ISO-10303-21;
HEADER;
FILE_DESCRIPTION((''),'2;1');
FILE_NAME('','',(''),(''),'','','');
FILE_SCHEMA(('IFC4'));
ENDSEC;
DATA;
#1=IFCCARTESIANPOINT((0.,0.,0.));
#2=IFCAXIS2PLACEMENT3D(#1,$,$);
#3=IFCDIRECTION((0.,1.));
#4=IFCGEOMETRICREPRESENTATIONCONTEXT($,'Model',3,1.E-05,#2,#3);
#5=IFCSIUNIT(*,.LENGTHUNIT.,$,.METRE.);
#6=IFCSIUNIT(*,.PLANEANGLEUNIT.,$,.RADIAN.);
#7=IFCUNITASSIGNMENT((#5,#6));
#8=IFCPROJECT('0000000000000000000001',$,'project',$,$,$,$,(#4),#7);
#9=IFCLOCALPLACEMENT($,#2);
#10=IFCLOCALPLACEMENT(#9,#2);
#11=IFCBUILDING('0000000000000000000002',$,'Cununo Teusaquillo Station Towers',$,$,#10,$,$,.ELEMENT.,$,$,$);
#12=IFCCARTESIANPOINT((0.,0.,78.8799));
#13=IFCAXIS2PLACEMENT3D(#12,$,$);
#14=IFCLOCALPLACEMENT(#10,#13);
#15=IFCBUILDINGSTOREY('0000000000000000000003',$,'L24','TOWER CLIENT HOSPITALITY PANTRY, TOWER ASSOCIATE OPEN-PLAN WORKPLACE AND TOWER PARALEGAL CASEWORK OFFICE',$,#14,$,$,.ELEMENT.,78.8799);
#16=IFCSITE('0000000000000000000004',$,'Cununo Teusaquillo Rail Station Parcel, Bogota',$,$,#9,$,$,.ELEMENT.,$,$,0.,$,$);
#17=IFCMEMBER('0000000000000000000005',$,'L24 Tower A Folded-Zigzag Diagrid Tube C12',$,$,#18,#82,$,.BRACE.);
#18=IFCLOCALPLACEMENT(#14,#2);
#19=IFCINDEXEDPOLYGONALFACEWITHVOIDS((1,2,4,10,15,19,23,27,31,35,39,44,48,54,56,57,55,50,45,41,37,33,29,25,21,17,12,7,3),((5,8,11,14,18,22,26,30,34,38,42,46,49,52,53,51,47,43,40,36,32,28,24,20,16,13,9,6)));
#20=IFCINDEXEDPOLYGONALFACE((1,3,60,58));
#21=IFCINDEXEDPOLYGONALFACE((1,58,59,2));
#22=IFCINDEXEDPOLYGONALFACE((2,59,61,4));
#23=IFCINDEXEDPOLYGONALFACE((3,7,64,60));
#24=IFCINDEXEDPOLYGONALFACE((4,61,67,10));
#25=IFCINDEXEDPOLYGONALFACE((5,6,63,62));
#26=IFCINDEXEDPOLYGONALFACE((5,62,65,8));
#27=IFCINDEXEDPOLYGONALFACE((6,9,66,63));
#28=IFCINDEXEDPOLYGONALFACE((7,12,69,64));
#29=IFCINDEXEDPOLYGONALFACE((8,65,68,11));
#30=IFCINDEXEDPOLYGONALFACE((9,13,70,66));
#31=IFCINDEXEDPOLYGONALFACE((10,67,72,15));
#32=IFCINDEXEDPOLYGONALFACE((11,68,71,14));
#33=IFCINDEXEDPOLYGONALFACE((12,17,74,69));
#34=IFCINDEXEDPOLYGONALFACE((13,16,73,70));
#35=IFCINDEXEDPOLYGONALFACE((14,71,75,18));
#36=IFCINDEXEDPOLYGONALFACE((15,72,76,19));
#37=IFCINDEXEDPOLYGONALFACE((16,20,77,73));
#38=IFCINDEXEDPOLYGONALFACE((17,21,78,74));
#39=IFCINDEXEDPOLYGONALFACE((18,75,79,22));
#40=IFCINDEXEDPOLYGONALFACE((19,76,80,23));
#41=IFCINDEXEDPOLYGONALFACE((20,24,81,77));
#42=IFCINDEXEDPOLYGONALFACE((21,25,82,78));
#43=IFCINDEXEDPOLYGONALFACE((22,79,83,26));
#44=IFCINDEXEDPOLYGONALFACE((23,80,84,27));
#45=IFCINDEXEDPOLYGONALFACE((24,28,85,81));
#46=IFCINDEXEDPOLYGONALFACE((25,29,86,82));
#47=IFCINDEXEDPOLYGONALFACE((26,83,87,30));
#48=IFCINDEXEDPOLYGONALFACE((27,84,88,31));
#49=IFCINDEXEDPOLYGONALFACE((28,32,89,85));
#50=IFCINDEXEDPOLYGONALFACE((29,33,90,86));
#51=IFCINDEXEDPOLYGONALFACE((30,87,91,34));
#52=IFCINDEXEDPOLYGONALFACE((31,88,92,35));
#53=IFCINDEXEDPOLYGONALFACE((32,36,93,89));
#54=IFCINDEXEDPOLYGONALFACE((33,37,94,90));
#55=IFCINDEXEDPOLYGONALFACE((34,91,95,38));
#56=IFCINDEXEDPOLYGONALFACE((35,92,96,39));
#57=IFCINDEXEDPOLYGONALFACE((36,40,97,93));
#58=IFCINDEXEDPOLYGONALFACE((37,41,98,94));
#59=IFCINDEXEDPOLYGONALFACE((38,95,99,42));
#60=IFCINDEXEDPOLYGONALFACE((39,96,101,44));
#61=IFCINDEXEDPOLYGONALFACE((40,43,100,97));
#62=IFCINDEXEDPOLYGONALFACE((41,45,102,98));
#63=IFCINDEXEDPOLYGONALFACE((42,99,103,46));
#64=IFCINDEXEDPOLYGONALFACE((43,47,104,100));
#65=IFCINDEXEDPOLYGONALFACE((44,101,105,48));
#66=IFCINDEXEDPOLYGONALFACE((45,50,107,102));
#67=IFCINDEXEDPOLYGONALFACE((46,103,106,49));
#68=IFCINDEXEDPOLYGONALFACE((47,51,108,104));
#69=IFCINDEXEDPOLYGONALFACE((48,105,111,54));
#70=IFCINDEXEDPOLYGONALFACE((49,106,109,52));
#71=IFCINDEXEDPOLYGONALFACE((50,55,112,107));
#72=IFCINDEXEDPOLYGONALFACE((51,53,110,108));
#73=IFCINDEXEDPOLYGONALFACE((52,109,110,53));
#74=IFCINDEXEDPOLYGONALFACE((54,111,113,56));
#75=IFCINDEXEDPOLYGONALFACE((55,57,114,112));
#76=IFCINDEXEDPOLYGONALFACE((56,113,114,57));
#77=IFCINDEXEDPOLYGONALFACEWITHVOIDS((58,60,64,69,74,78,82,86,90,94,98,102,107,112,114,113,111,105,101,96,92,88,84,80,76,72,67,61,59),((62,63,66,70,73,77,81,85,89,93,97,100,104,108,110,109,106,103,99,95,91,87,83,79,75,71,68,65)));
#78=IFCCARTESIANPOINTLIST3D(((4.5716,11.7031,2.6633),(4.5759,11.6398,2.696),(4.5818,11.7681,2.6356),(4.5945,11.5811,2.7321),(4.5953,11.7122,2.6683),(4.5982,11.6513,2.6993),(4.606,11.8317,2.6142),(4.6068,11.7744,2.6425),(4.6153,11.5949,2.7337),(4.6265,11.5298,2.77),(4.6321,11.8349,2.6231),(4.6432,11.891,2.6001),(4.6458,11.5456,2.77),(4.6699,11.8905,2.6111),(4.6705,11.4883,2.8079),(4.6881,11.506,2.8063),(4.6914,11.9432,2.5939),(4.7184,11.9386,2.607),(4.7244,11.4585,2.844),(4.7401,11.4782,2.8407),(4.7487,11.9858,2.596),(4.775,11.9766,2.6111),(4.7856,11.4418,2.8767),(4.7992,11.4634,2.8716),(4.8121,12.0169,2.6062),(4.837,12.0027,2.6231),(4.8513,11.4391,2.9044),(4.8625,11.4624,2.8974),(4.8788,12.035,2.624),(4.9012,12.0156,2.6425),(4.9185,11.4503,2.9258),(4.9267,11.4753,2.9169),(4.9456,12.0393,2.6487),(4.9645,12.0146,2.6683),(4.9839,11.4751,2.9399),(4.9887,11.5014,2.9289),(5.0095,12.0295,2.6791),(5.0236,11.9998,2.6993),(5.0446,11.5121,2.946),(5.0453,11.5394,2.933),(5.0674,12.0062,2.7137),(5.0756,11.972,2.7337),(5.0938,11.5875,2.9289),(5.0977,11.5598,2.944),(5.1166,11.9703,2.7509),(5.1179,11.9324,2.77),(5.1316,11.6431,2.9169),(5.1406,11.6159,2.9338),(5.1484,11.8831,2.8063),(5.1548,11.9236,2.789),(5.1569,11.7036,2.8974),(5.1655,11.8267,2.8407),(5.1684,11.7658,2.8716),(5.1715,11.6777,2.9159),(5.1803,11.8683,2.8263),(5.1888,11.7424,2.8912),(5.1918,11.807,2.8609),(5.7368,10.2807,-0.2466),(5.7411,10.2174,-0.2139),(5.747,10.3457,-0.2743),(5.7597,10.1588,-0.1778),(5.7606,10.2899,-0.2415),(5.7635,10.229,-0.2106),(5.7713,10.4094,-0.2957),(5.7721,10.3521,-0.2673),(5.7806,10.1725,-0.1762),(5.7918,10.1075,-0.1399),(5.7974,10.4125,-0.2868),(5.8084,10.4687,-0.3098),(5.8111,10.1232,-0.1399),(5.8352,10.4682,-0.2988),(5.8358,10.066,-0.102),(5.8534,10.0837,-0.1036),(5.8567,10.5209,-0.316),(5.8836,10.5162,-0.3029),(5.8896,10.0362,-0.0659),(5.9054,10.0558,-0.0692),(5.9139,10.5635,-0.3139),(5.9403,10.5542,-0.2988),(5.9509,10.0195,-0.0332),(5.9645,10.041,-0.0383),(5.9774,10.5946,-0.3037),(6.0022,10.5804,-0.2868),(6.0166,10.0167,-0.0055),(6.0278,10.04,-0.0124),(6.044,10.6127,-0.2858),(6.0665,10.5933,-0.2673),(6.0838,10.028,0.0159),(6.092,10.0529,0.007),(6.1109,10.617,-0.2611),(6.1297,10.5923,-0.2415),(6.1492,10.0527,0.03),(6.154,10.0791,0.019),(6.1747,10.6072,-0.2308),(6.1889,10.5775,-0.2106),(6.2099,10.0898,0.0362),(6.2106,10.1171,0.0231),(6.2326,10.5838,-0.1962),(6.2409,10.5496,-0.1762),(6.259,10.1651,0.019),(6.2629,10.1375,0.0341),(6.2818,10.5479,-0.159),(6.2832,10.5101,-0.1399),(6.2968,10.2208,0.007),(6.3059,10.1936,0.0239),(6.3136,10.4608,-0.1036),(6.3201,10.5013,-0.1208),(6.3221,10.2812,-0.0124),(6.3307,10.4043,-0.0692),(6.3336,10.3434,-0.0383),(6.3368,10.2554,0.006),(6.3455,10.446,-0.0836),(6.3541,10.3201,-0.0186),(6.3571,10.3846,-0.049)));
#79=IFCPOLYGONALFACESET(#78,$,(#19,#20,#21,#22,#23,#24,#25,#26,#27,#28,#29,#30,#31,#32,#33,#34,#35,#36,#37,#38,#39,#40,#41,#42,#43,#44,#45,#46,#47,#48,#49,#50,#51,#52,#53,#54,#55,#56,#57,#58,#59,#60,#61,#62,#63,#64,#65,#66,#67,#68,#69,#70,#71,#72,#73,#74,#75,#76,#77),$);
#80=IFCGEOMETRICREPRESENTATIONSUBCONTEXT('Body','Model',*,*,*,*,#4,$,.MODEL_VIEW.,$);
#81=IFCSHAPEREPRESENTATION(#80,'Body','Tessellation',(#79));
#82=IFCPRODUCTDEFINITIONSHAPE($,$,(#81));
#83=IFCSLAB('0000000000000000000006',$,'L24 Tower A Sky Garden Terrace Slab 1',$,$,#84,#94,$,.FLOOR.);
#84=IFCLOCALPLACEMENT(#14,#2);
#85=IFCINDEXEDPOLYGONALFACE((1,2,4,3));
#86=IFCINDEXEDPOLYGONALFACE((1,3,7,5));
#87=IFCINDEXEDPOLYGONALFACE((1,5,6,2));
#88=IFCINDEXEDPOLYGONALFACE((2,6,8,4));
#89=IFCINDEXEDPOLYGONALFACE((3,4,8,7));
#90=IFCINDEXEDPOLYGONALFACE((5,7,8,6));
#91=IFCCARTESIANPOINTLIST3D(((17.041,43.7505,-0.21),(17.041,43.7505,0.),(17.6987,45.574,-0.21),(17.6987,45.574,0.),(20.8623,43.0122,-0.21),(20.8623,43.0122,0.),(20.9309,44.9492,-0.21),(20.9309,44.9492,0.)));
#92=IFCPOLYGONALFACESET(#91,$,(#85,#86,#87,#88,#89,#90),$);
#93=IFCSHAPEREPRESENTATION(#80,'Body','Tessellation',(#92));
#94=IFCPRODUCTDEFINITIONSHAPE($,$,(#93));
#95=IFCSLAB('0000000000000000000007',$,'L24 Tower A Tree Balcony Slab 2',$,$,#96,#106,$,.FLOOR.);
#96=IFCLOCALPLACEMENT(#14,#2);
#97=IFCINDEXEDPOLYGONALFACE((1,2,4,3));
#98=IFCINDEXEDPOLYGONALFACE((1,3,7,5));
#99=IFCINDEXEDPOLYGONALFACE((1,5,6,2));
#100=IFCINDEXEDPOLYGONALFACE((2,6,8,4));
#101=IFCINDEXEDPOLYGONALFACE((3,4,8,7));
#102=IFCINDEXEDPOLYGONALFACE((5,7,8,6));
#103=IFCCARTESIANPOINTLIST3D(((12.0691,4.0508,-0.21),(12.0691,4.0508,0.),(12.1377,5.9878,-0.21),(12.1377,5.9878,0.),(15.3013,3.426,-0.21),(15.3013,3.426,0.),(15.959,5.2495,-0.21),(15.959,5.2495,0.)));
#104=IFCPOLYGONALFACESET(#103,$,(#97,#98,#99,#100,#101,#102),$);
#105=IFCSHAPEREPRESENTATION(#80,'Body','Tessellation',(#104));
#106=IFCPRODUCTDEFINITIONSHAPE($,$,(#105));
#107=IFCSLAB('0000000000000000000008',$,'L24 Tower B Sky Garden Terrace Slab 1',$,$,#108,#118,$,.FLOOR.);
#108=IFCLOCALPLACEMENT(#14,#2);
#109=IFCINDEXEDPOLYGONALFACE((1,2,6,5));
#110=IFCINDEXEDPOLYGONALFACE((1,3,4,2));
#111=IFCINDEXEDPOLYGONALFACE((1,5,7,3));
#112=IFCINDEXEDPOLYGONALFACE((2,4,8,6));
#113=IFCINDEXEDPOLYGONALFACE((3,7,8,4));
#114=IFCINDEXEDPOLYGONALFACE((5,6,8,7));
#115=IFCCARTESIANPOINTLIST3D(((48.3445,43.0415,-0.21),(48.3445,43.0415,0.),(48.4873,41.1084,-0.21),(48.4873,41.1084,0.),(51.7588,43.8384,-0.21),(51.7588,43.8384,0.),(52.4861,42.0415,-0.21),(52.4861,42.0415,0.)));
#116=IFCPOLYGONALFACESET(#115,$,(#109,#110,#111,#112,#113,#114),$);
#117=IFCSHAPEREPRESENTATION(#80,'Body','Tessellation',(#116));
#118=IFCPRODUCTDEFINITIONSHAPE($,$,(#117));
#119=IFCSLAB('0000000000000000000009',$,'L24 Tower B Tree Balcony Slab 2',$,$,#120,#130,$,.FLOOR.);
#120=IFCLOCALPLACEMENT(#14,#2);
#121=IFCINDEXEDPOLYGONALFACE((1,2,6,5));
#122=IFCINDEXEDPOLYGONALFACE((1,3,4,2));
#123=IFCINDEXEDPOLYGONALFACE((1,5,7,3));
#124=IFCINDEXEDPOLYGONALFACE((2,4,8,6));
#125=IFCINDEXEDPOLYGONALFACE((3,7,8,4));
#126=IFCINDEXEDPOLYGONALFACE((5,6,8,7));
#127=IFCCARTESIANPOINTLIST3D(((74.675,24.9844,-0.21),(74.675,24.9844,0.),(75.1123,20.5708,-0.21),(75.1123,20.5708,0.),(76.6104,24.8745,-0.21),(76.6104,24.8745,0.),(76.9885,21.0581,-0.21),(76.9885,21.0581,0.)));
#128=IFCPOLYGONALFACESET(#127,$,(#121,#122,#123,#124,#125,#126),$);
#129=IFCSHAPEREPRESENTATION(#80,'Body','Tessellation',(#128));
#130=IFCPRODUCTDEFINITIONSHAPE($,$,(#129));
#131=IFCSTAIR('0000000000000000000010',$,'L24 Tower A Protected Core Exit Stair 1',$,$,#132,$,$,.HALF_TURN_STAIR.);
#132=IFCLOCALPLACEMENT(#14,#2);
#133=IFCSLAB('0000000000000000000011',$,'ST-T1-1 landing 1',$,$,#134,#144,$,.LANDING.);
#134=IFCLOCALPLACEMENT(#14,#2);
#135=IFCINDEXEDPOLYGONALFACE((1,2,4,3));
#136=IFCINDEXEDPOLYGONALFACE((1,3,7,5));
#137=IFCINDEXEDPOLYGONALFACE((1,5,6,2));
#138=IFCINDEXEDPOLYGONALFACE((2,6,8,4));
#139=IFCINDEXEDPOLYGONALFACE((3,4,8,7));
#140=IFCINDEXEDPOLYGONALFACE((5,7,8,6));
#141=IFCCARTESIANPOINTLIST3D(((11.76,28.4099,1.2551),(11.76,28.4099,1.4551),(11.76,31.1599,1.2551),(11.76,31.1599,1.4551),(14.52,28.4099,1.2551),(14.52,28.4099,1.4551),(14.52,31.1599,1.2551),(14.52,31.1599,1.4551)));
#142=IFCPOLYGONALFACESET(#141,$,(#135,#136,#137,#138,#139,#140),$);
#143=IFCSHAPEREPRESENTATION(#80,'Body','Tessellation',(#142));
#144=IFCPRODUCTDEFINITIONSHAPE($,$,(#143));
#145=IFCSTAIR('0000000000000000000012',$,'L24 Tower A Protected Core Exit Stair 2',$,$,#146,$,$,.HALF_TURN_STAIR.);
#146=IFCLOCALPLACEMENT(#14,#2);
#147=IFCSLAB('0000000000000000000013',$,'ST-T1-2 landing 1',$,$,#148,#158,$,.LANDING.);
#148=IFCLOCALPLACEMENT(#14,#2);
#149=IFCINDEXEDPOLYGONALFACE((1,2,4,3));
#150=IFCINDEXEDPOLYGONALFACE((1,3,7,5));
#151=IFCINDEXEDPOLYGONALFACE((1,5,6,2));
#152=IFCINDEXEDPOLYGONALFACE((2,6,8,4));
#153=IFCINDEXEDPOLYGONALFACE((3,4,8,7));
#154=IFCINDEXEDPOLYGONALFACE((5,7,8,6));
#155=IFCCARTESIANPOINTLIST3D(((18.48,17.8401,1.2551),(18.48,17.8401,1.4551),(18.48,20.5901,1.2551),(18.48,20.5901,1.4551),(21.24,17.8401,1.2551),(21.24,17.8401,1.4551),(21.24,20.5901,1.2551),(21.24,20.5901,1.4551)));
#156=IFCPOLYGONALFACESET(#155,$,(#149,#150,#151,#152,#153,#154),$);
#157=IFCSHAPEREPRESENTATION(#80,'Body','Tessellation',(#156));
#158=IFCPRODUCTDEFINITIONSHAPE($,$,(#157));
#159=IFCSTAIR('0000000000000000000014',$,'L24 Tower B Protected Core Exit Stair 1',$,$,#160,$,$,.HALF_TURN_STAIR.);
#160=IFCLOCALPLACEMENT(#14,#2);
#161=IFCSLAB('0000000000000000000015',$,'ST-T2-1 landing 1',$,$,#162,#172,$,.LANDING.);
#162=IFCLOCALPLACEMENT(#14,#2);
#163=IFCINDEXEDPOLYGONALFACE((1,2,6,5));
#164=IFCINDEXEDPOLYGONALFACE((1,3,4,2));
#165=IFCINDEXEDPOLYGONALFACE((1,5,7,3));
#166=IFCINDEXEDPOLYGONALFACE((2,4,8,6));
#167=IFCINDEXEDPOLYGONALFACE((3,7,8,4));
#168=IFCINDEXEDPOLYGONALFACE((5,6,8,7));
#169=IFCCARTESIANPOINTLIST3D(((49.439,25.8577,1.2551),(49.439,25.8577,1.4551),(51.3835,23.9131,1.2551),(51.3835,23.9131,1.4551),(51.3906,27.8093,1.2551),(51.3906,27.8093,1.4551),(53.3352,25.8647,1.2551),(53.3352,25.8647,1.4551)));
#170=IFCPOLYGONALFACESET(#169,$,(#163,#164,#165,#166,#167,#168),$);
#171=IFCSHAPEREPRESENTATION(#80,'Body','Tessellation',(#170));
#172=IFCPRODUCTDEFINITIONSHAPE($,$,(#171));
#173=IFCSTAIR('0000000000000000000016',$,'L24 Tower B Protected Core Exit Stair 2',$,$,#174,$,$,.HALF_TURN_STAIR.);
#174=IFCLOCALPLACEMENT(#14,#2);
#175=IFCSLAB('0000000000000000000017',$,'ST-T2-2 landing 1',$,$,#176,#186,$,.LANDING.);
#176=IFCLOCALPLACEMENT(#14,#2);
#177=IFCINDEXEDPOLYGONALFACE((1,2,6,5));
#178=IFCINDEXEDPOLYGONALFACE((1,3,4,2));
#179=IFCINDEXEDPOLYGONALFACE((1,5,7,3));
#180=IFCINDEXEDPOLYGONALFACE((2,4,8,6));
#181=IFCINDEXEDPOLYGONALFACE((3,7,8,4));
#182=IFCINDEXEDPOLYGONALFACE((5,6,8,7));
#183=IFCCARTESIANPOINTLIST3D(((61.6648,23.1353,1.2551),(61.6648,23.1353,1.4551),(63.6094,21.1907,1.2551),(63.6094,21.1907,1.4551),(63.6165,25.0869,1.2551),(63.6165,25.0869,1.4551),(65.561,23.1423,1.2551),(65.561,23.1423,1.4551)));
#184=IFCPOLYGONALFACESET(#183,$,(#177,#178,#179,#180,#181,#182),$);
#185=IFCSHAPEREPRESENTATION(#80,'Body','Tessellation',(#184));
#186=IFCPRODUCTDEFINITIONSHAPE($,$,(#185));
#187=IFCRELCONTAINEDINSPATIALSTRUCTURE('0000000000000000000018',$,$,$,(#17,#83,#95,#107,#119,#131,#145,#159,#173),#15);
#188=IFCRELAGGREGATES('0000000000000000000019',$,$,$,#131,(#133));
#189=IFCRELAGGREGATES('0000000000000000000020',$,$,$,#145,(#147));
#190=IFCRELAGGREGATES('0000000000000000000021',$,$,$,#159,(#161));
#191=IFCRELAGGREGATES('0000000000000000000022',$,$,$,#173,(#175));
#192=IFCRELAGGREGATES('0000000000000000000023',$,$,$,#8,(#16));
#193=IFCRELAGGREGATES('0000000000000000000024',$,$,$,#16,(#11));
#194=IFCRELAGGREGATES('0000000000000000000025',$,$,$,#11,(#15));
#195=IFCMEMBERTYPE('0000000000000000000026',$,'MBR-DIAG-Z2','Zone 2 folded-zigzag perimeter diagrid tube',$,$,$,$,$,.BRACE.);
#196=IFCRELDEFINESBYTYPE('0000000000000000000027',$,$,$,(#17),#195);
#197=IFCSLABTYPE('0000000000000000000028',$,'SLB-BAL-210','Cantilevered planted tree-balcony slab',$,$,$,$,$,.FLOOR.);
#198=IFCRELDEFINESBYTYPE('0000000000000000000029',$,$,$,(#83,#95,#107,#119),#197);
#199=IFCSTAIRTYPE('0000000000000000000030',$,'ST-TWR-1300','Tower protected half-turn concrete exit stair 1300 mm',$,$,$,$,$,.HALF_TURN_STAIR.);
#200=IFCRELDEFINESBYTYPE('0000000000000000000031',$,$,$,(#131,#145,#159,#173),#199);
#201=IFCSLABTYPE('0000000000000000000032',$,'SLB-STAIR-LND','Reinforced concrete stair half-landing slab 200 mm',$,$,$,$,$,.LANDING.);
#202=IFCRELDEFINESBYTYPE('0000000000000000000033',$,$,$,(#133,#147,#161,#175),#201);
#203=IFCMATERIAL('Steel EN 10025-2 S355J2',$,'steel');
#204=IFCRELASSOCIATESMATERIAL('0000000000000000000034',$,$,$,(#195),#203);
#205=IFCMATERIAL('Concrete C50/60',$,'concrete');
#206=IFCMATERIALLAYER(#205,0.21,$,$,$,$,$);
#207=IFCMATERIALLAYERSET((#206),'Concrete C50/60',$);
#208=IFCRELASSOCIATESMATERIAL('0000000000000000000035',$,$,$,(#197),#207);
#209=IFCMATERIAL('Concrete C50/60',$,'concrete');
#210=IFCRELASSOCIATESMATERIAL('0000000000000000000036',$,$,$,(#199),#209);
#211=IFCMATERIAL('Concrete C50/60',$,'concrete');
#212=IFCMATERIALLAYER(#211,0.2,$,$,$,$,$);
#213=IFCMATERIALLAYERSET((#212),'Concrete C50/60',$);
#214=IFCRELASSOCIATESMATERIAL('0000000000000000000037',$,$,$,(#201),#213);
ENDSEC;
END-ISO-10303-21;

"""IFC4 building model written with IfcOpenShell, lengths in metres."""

from ifc_helpers import new_model, si_unit, direction, frame, origin, origin_2d, place, context, subcontext, project, spatial, polyline, hollow_circle, outline, extrude, material, layer, layer_set, material_profile, profile_set, type_object, element, aggregate, save


model = new_model("IFC4")

# Units and contexts
model_context = context("Model", 3, precision=1e-05, world=origin(), true_north=direction((0.0, 1.0)))
body_context = subcontext(model_context, "Body", "Model", "MODEL_VIEW")
ifc_project = project(units=[si_unit("LENGTHUNIT", "METRE"), si_unit("PLANEANGLEUNIT", "RADIAN")], contexts=[model_context])

# Site, building, storey
site_placement = place(None, origin())
site = spatial("IfcSite", under=ifc_project, at=site_placement, Name="Cununo Teusaquillo Rail Station Parcel, Bogota", CompositionType="ELEMENT", RefElevation=0.0)
building_placement = place(site_placement, origin())
building = spatial("IfcBuilding", under=site, at=building_placement, Name="Cununo Teusaquillo Station Towers", CompositionType="ELEMENT")
storey_placement = place(building_placement, frame((0.0, 0.0, 78.8799)))
storey = spatial("IfcBuildingStorey", under=building, at=storey_placement, Name="L24", Description="TOWER CLIENT HOSPITALITY PANTRY, TOWER ASSOCIATE OPEN-PLAN WORKPLACE AND TOWER PARALEGAL CASEWORK OFFICE", CompositionType="ELEMENT", Elevation=78.8799)

# Member
ifc_material_1 = material(Name="Steel EN 10025-2 S355J2", Category="steel")
ifc_material_profile_1 = material_profile(ifc_material_1, hollow_circle(Radius=0.3301, WallThickness=0.0249, at=origin_2d()), Name="CHS 660x25")
ifc_profile_set_1 = profile_set([ifc_material_profile_1], Name="Steel EN 10025-2 S355J2")
member_type = type_object("IfcMemberType", Name="MBR-DIAG-Z2", Description="Zone 2 folded-zigzag perimeter diagrid tube", PredefinedType="BRACE", material=ifc_profile_set_1)
member_placement = place(storey_placement, frame((6.0471, 10.3167, -0.1399), z_axis=(-0.338531, 0.413216, 0.845369), x_axis=(-0.773549, -0.633737, 0.0)))
element("IfcMember", 1, at=member_placement, inside=storey, type_object=member_type, Name="L24 Tower A Folded-Zigzag Diagrid Tube C12", PredefinedType="BRACE", context=body_context, shape_type="SweptSolid", body=[
    extrude(hollow_circle(Radius=0.3301, WallThickness=0.0249, at=origin_2d()), origin(), (0.0, 0.0, 1.0), 3.4421),
])

# Slabs
ifc_material_2 = material(Name="Concrete C50/60", Category="concrete")
ifc_layer_1 = layer(ifc_material_2, 0.21)
ifc_layer_set_1 = layer_set([ifc_layer_1], Name="Concrete C50/60")
slab_type_1 = type_object("IfcSlabType", Name="SLB-BAL-210", Description="Cantilevered planted tree-balcony slab", PredefinedType="FLOOR", material=ifc_layer_set_1)
slab_1_placement = place(storey_placement, frame((0.0, 0.0, -0.21)))
element("IfcSlab", 2, at=slab_1_placement, inside=storey, type_object=slab_type_1, Name="L24 Tower A Sky Garden Terrace Slab 1", PredefinedType="FLOOR", context=body_context, shape_type="SweptSolid", body=[
    extrude(outline(polyline([(20.8623, 43.0122), (17.041, 43.7505), (17.6987, 45.574), (20.9309, 44.9492), (20.8623, 43.0122)])), origin(), (0.0, 0.0, 1.0), 0.21),
])
slab_2_placement = place(storey_placement, frame((0.0, 0.0, -0.21)))
element("IfcSlab", 3, at=slab_2_placement, inside=storey, type_object=slab_type_1, Name="L24 Tower A Tree Balcony Slab 2", PredefinedType="FLOOR", context=body_context, shape_type="SweptSolid", body=[
    extrude(outline(polyline([(12.1377, 5.9878), (15.959, 5.2495), (15.3013, 3.426), (12.0691, 4.0508), (12.1377, 5.9878)])), origin(), (0.0, 0.0, 1.0), 0.21),
])
slab_3_placement = place(storey_placement, frame((0.0, 0.0, -0.21)))
element("IfcSlab", 4, at=slab_3_placement, inside=storey, type_object=slab_type_1, Name="L24 Tower B Sky Garden Terrace Slab 1", PredefinedType="FLOOR", context=body_context, shape_type="SweptSolid", body=[
    extrude(outline(polyline([(52.4861, 42.0415), (48.4873, 41.1084), (48.3445, 43.0415), (51.7588, 43.8384), (52.4861, 42.0415)])), origin(), (0.0, 0.0, 1.0), 0.21),
])
slab_4_placement = place(storey_placement, frame((0.0, 0.0, -0.21)))
element("IfcSlab", 5, at=slab_4_placement, inside=storey, type_object=slab_type_1, Name="L24 Tower B Tree Balcony Slab 2", PredefinedType="FLOOR", context=body_context, shape_type="SweptSolid", body=[
    extrude(outline(polyline([(75.1123, 20.5708), (74.675, 24.9844), (76.6104, 24.8745), (76.9885, 21.0581), (75.1123, 20.5708)])), origin(), (0.0, 0.0, 1.0), 0.21),
])

# Stairs, slabs
ifc_material_3 = material(Name="Concrete C50/60", Category="concrete")
stair_type = type_object("IfcStairType", Name="ST-TWR-1300", Description="Tower protected half-turn concrete exit stair 1300 mm", PredefinedType="HALF_TURN_STAIR", material=ifc_material_3)
stair_1_placement = place(storey_placement, origin())
stair_1 = element("IfcStair", 6, at=stair_1_placement, inside=storey, type_object=stair_type, Name="L24 Tower A Protected Core Exit Stair 1", PredefinedType="HALF_TURN_STAIR")
ifc_material_4 = material(Name="Concrete C50/60", Category="concrete")
ifc_layer_2 = layer(ifc_material_4, 0.2)
ifc_layer_set_2 = layer_set([ifc_layer_2], Name="Concrete C50/60")
slab_type_2 = type_object("IfcSlabType", Name="SLB-STAIR-LND", Description="Reinforced concrete stair half-landing slab 200 mm", PredefinedType="LANDING", material=ifc_layer_set_2)
slab_5_placement = place(storey_placement, frame((0.0, 0.0, 1.2551)))
slab_5 = element("IfcSlab", 7, at=slab_5_placement, type_object=slab_type_2, Name="ST-T1-1 landing 1", PredefinedType="LANDING", context=body_context, shape_type="SweptSolid", body=[
    extrude(outline(polyline([(14.52, 28.4099), (14.52, 31.1599), (11.76, 31.1599), (11.76, 28.4099), (14.52, 28.4099)])), origin(), (0.0, 0.0, 1.0), 0.2),
])
aggregate(stair_1, [slab_5])
stair_2_placement = place(storey_placement, origin())
stair_2 = element("IfcStair", 8, at=stair_2_placement, inside=storey, type_object=stair_type, Name="L24 Tower A Protected Core Exit Stair 2", PredefinedType="HALF_TURN_STAIR")
slab_6_placement = place(storey_placement, frame((0.0, 0.0, 1.2551)))
slab_6 = element("IfcSlab", 9, at=slab_6_placement, type_object=slab_type_2, Name="ST-T1-2 landing 1", PredefinedType="LANDING", context=body_context, shape_type="SweptSolid", body=[
    extrude(outline(polyline([(18.48, 20.5901), (18.48, 17.8401), (21.24, 17.8401), (21.24, 20.5901), (18.48, 20.5901)])), origin(), (0.0, 0.0, 1.0), 0.2),
])
aggregate(stair_2, [slab_6])
stair_3_placement = place(storey_placement, origin())
stair_3 = element("IfcStair", 10, at=stair_3_placement, inside=storey, type_object=stair_type, Name="L24 Tower B Protected Core Exit Stair 1", PredefinedType="HALF_TURN_STAIR")
slab_7_placement = place(storey_placement, frame((0.0, 0.0, 1.2551)))
slab_7 = element("IfcSlab", 11, at=slab_7_placement, type_object=slab_type_2, Name="ST-T2-1 landing 1", PredefinedType="LANDING", context=body_context, shape_type="SweptSolid", body=[
    extrude(outline(polyline([(53.3352, 25.8647), (51.3906, 27.8093), (49.439, 25.8577), (51.3835, 23.9131), (53.3352, 25.8647)])), origin(), (0.0, 0.0, 1.0), 0.2),
])
aggregate(stair_3, [slab_7])
stair_4_placement = place(storey_placement, origin())
stair_4 = element("IfcStair", 12, at=stair_4_placement, inside=storey, type_object=stair_type, Name="L24 Tower B Protected Core Exit Stair 2", PredefinedType="HALF_TURN_STAIR")
slab_8_placement = place(storey_placement, frame((0.0, 0.0, 1.2551)))
slab_8 = element("IfcSlab", 13, at=slab_8_placement, type_object=slab_type_2, Name="ST-T2-2 landing 1", PredefinedType="LANDING", context=body_context, shape_type="SweptSolid", body=[
    extrude(outline(polyline([(61.6648, 23.1353), (63.6094, 21.1907), (65.561, 23.1423), (63.6165, 25.0869), (61.6648, 23.1353)])), origin(), (0.0, 0.0, 1.0), 0.2),
])
aggregate(stair_4, [slab_8])

save(model, "model.ifc")
